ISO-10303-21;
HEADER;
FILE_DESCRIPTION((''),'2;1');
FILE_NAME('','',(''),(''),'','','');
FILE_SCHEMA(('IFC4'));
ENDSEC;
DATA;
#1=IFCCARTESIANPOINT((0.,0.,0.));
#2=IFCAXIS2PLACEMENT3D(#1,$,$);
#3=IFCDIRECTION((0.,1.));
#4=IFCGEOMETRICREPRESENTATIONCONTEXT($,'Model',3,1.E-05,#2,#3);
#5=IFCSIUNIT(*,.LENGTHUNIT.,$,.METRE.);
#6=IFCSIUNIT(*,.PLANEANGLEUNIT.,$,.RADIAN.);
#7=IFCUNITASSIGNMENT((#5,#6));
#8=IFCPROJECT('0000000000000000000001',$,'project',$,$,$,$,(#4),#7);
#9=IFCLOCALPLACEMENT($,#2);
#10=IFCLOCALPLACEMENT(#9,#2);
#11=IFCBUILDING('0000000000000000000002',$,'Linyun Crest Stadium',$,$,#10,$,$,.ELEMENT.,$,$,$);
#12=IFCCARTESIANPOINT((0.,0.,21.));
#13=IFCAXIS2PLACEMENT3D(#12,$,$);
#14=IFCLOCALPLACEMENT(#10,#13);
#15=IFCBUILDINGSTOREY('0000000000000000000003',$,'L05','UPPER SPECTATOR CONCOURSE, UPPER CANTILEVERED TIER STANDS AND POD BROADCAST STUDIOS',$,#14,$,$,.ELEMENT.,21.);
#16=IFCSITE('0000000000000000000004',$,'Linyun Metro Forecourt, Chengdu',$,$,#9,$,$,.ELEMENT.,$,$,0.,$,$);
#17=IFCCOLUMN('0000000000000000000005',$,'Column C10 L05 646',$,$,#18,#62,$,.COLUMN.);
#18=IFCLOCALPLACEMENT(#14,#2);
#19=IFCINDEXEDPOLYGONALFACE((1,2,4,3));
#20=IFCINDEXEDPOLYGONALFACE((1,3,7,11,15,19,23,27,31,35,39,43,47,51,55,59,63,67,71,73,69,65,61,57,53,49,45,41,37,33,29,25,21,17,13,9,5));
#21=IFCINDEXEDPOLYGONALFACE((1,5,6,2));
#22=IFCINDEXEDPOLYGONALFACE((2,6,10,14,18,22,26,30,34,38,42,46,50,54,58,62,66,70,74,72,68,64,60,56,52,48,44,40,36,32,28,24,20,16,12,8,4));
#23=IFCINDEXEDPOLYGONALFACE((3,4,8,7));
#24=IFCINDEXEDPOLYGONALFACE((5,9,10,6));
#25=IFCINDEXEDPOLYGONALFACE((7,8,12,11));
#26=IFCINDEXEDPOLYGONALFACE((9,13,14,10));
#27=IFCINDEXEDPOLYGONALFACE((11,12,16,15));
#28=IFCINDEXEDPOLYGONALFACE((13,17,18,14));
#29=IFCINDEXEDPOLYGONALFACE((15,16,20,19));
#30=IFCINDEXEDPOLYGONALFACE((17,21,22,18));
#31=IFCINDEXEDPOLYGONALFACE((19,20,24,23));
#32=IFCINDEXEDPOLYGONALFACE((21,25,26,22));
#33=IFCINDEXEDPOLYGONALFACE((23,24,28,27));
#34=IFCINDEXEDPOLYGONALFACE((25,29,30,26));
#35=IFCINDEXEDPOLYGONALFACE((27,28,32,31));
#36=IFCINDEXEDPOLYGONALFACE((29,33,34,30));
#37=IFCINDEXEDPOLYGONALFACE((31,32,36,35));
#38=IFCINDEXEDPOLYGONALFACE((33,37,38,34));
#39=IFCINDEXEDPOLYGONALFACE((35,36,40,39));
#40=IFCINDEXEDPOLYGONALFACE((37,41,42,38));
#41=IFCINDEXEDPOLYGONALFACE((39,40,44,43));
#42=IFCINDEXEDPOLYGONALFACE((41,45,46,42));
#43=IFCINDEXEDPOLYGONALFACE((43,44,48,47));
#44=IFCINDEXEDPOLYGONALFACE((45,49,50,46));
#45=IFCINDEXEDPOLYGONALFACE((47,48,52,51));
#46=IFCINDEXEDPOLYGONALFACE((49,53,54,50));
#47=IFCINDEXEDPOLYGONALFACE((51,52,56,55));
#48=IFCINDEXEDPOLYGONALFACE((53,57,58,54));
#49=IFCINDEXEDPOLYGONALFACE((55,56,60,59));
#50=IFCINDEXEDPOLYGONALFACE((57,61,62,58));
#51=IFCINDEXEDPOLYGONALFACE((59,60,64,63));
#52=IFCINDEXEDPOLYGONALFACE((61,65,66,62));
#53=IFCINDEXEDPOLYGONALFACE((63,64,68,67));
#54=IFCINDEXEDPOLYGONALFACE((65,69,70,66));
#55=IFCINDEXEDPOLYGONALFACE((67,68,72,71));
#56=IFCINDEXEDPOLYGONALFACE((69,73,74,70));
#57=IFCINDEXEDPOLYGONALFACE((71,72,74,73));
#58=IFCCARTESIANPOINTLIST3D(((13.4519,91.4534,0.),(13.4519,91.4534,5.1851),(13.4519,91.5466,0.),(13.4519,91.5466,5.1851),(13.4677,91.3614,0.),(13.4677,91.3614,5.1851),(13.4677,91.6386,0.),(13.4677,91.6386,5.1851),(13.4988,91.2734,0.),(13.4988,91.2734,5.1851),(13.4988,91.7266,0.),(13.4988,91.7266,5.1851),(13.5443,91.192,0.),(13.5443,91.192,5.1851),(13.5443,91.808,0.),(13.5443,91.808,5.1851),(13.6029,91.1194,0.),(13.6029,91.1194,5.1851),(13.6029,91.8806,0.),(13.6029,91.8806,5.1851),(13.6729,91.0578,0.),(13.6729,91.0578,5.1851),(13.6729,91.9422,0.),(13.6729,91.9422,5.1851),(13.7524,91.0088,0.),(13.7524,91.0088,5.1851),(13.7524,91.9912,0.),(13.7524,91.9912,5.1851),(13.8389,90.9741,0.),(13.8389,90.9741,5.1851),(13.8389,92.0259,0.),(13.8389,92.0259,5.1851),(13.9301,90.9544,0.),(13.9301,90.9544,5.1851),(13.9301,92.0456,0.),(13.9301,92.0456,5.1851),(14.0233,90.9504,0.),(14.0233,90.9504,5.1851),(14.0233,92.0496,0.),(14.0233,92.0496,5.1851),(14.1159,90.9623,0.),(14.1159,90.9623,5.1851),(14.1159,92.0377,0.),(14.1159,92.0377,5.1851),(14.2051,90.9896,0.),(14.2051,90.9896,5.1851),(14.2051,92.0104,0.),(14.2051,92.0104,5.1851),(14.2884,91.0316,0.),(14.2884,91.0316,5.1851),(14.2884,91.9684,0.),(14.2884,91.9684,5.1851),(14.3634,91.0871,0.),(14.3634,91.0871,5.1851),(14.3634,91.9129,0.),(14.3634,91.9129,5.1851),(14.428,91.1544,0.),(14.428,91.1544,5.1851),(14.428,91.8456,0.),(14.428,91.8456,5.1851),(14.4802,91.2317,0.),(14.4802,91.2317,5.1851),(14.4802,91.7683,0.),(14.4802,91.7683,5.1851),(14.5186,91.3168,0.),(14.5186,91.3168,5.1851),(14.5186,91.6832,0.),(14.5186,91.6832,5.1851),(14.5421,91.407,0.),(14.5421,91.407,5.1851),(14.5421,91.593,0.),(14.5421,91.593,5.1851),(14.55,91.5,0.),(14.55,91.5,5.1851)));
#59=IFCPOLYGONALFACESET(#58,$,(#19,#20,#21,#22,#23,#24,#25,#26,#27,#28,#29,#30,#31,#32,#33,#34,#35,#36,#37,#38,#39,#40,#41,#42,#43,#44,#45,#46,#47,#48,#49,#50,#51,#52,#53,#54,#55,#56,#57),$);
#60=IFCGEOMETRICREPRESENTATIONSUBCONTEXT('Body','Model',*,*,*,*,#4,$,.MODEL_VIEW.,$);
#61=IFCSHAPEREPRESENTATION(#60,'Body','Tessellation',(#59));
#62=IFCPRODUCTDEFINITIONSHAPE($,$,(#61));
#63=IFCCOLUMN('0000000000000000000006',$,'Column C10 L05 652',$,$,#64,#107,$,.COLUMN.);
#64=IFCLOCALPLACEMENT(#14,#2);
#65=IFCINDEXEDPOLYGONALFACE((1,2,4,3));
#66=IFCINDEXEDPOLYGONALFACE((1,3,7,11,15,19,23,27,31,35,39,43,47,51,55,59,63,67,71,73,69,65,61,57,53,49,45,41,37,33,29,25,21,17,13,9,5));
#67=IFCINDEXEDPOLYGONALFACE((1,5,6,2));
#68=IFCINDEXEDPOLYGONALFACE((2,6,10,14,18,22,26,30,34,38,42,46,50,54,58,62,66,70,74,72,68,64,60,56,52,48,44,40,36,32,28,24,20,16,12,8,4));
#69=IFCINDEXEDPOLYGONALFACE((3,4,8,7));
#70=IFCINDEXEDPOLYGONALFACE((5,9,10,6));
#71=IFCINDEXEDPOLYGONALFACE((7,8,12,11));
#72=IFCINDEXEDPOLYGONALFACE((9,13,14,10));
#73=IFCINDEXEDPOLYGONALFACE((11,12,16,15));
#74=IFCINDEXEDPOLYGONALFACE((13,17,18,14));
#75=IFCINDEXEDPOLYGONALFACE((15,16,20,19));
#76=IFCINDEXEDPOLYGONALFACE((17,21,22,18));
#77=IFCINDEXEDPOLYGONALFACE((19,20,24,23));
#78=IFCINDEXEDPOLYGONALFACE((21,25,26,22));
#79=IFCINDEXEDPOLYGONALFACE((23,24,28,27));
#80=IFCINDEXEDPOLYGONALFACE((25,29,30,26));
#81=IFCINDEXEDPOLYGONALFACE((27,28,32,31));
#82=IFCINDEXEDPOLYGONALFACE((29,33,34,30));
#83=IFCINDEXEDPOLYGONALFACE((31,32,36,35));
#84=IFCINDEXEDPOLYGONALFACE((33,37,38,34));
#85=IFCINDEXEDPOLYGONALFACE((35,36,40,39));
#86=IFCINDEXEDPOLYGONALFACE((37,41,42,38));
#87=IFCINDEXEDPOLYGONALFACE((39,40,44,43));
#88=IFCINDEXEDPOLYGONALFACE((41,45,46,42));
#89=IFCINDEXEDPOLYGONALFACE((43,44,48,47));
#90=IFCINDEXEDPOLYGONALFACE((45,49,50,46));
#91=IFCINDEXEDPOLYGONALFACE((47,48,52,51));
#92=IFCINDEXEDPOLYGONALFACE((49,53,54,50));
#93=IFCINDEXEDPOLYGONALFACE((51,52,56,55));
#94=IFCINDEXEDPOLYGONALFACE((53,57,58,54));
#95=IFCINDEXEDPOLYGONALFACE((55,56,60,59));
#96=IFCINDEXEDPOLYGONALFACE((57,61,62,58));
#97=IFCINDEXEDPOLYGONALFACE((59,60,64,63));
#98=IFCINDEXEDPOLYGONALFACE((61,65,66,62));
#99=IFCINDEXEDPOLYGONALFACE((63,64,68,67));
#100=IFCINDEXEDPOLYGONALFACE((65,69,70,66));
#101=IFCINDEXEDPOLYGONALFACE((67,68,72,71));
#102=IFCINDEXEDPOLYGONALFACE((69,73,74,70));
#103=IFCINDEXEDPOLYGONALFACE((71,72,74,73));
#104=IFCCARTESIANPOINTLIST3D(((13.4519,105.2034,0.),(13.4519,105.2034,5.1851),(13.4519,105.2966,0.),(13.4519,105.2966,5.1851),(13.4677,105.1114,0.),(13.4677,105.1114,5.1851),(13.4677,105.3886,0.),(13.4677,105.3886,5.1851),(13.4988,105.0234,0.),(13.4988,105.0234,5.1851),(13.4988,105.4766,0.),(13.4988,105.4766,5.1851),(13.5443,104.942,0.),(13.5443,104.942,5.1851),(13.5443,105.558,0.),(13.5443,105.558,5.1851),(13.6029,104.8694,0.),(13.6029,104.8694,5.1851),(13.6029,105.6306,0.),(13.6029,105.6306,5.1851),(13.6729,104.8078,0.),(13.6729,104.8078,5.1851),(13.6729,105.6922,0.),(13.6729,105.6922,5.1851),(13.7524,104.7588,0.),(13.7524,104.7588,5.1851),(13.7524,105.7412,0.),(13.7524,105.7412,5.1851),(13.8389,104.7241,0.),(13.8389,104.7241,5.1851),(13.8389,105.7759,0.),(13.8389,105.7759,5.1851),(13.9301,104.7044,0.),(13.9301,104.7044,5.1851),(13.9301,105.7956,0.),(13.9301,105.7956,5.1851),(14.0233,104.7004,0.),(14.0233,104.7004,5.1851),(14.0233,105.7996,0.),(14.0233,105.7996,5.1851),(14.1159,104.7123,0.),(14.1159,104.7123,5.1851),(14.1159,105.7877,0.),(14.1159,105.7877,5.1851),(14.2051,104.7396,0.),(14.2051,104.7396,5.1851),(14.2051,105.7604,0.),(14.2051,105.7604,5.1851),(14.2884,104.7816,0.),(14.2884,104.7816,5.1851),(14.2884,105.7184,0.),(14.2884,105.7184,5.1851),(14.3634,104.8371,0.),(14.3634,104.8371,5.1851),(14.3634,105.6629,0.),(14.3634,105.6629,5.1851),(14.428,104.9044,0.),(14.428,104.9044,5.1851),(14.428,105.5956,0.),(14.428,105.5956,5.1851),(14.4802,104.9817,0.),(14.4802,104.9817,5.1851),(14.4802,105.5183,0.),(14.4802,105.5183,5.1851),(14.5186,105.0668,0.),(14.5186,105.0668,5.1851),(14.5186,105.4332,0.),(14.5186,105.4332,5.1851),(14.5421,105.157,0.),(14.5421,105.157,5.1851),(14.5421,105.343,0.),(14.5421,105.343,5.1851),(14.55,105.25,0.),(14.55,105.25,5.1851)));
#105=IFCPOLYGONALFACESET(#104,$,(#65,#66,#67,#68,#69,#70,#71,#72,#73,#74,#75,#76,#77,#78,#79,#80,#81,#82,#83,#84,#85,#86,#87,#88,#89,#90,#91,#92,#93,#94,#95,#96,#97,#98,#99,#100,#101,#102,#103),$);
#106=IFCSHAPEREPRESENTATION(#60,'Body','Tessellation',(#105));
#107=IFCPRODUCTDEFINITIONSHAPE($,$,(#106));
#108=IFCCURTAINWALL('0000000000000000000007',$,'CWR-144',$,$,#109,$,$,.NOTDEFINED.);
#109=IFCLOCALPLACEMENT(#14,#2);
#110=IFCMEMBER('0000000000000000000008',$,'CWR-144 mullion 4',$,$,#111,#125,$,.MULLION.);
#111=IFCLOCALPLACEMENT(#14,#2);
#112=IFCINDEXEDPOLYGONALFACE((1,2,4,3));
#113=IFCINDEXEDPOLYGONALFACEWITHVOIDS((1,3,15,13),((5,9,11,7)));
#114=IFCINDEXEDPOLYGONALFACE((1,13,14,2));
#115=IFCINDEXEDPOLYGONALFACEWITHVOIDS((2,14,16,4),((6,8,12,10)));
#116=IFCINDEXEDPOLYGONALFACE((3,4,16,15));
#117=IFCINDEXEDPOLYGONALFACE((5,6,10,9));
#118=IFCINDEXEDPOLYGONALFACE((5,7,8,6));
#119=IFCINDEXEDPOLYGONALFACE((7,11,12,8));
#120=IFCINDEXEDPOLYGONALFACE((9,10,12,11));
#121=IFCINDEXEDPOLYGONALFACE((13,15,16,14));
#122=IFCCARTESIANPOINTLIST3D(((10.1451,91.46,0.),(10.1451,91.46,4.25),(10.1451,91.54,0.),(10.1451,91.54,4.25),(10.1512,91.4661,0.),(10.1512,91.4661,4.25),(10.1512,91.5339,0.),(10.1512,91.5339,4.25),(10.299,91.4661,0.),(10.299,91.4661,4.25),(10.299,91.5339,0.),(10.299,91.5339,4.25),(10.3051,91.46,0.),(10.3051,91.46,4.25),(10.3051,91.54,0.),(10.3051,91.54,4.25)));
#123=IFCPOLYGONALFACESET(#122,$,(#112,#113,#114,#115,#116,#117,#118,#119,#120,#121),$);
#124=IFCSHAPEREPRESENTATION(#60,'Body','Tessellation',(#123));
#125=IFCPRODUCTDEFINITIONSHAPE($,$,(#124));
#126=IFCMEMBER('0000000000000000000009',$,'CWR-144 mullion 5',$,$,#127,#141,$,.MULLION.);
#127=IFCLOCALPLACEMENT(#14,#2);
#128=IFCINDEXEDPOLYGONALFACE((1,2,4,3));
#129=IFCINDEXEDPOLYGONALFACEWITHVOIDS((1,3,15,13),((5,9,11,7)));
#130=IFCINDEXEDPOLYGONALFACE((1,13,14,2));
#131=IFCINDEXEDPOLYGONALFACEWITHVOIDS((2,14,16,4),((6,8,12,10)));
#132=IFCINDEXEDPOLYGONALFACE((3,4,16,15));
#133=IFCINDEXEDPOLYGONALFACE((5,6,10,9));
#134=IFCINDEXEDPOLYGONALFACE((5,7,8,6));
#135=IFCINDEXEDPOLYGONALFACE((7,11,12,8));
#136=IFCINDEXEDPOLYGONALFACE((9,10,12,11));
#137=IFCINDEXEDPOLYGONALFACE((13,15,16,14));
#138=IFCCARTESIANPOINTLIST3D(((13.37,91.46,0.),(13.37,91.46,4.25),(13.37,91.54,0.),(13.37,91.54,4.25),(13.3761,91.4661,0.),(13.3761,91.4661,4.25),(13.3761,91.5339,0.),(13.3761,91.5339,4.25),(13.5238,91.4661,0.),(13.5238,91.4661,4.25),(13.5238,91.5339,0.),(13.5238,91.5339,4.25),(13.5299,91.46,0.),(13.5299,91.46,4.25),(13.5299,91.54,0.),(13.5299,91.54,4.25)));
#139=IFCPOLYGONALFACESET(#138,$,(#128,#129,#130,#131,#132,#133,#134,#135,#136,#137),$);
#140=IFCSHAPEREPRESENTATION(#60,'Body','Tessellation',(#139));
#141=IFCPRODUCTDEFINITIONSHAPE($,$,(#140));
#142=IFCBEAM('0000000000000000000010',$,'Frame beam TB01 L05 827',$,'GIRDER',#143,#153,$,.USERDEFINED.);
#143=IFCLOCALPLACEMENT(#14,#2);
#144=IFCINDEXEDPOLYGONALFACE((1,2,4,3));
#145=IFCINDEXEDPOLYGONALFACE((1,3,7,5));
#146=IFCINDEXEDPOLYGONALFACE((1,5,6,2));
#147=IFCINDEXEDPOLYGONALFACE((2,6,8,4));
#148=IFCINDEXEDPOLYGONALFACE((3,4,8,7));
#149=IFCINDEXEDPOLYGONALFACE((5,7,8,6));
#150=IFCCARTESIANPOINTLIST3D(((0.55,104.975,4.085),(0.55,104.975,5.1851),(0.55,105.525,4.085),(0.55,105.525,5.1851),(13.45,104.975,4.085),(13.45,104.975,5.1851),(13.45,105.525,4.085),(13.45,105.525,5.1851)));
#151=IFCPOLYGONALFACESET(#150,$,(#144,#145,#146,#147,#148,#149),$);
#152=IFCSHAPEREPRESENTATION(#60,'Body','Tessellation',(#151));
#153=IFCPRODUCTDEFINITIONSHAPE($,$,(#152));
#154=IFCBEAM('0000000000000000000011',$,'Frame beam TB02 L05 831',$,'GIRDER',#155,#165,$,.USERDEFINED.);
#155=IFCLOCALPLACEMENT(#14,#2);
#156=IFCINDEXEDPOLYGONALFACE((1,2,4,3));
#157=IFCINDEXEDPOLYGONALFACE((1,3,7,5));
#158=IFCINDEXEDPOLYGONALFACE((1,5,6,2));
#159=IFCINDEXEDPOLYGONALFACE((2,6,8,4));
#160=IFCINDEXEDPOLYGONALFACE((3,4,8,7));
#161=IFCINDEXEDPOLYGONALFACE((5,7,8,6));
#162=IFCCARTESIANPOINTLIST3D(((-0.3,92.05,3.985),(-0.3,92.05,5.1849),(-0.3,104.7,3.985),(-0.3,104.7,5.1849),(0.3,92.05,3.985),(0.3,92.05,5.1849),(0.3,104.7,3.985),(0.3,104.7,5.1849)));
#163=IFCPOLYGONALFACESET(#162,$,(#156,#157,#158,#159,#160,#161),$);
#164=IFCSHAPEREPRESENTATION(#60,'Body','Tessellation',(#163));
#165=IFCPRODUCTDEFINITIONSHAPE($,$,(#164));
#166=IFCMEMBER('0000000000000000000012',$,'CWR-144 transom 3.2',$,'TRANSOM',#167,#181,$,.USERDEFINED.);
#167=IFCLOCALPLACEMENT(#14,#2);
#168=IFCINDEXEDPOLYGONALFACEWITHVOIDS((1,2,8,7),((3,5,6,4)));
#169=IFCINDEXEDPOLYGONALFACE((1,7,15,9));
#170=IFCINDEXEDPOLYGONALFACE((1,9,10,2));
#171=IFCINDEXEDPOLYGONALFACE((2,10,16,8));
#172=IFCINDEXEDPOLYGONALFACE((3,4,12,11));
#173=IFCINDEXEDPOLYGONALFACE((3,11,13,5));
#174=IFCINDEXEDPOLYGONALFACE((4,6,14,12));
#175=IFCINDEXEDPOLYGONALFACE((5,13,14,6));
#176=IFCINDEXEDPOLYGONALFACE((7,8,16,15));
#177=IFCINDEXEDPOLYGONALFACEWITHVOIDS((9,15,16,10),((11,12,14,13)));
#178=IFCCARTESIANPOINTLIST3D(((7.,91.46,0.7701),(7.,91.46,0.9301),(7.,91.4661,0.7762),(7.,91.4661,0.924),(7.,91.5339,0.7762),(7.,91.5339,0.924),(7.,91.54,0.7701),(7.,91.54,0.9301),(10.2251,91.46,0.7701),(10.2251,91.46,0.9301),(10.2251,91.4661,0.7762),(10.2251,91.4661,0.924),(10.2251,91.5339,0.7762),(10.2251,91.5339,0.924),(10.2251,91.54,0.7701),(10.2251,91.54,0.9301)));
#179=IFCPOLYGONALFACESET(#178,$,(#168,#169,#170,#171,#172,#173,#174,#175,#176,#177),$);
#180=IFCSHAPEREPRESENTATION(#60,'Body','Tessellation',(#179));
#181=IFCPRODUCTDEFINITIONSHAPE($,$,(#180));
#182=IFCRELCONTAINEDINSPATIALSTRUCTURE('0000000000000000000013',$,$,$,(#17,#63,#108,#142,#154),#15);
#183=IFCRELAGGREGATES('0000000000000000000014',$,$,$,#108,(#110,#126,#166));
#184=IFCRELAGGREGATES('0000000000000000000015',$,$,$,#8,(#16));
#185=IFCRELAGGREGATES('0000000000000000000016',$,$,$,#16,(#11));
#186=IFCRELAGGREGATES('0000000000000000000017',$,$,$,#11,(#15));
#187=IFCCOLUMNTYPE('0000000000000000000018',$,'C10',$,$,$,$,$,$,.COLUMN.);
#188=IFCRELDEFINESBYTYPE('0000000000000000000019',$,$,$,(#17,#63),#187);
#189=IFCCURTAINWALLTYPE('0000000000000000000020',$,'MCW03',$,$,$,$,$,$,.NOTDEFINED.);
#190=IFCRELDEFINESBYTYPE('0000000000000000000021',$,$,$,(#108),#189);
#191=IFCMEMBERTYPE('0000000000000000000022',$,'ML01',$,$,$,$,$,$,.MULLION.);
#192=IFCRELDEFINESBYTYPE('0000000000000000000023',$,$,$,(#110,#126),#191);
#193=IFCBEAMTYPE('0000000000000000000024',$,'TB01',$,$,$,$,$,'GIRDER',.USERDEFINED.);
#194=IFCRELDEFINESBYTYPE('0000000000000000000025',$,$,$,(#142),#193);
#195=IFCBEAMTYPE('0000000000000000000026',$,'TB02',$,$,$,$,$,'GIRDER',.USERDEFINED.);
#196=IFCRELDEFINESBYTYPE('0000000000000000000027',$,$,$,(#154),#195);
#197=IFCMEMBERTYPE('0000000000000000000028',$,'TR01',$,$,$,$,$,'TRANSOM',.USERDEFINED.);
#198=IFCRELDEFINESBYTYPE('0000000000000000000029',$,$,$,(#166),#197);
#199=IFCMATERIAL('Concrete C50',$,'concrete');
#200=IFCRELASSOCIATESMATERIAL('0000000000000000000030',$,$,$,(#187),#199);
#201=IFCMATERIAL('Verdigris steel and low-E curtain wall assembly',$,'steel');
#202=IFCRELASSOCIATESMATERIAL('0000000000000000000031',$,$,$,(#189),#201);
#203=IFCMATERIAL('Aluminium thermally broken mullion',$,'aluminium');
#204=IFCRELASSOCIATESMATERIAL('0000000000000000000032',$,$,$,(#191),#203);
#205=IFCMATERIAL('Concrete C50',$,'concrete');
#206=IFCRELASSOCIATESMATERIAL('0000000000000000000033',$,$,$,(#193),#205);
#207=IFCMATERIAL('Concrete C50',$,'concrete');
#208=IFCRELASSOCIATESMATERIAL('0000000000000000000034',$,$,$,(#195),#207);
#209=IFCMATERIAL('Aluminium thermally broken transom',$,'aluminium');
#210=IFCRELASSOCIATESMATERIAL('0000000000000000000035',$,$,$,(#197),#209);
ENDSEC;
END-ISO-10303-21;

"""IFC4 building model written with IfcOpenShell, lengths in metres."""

from ifc_helpers import new_model, si_unit, direction, frame, origin, origin_2d, place, context, subcontext, project, spatial, rectangle, hollow_rectangle, circle, extrude, material, material_profile, profile_set, type_object, element, aggregate, save


model = new_model("IFC4")

# Units and contexts
model_context = context("Model", 3, precision=1e-05, world=origin(), true_north=direction((0.0, 1.0)))
body_context = subcontext(model_context, "Body", "Model", "MODEL_VIEW")
ifc_project = project(units=[si_unit("LENGTHUNIT", "METRE"), si_unit("PLANEANGLEUNIT", "RADIAN")], contexts=[model_context])

# Site, building, storey
site_placement = place(None, origin())
site = spatial("IfcSite", under=ifc_project, at=site_placement, Name="Linyun Metro Forecourt, Chengdu", CompositionType="ELEMENT", RefElevation=0.0)
building_placement = place(site_placement, origin())
building = spatial("IfcBuilding", under=site, at=building_placement, Name="Linyun Crest Stadium", CompositionType="ELEMENT")
storey_placement = place(building_placement, frame((0.0, 0.0, 21.0)))
storey = spatial("IfcBuildingStorey", under=building, at=storey_placement, Name="L05", Description="UPPER SPECTATOR CONCOURSE, UPPER CANTILEVERED TIER STANDS AND POD BROADCAST STUDIOS", CompositionType="ELEMENT", Elevation=21.0)

# Columns
ifc_material_1 = material(Name="Concrete C50", Category="concrete")
ifc_material_profile_1 = material_profile(ifc_material_1, circle(Radius=0.55, at=origin_2d()), Name="RC D1100")
ifc_profile_set_1 = profile_set([ifc_material_profile_1], Name="Concrete C50")
column_type = type_object("IfcColumnType", Name="C10", PredefinedType="COLUMN", material=ifc_profile_set_1)
for number, where, z_axis, x_axis, name in (
    (1, (14.0, 91.5, 0.0), (0.0, 0.0, 1.0), (1.0, 0.0, 0.0), "Column C10 L05 646"),
    (2, (14.0, 105.25, 0.0), (0.0, 0.0, 1.0), (1.0, 0.0, 0.0), "Column C10 L05 652"),
):
    element("IfcColumn", number, at=place(storey_placement, frame(where, z_axis=z_axis, x_axis=x_axis)), inside=storey, type_object=column_type, Name=name, PredefinedType="COLUMN", context=body_context, shape_type="SweptSolid", body=[
        extrude(circle(Radius=0.55, at=origin_2d()), origin(), (0.0, 0.0, 1.0), 5.1851),
    ])

# Curtain wall, members
ifc_material_2 = material(Name="Verdigris steel and low-E curtain wall assembly", Category="steel")
curtain_wall_type = type_object("IfcCurtainWallType", Name="MCW03", PredefinedType="NOTDEFINED", material=ifc_material_2)
curtain_wall_placement = place(storey_placement, origin())
curtain_wall = element("IfcCurtainWall", 3, at=curtain_wall_placement, inside=storey, type_object=curtain_wall_type, Name="CWR-144", PredefinedType="NOTDEFINED")
ifc_material_3 = material(Name="Aluminium thermally broken mullion", Category="aluminium")
ifc_material_profile_2 = material_profile(ifc_material_3, hollow_rectangle(XDim=0.0801, YDim=0.1599, WallThickness=0.0061, at=origin_2d()), Name="RHS 160x80x6")
ifc_profile_set_2 = profile_set([ifc_material_profile_2], Name="Aluminium thermally broken mullion")
member_type_1 = type_object("IfcMemberType", Name="ML01", PredefinedType="MULLION", material=ifc_profile_set_2)
member_1_placement = place(storey_placement, frame((10.2251, 91.5, 0.0), z_axis=(0.0, 0.0, 1.0), x_axis=(0.0, 1.0, 0.0)))
member_1 = element("IfcMember", 4, at=member_1_placement, type_object=member_type_1, Name="CWR-144 mullion 4", PredefinedType="MULLION", context=body_context, shape_type="SweptSolid", body=[
    extrude(hollow_rectangle(XDim=0.0801, YDim=0.1599, WallThickness=0.0061, at=origin_2d()), origin(), (0.0, 0.0, 1.0), 4.25),
])
member_2_placement = place(storey_placement, frame((13.45, 91.5, 0.0), z_axis=(0.0, 0.0, 1.0), x_axis=(0.0, 1.0, 0.0)))
member_2 = element("IfcMember", 5, at=member_2_placement, type_object=member_type_1, Name="CWR-144 mullion 5", PredefinedType="MULLION", context=body_context, shape_type="SweptSolid", body=[
    extrude(hollow_rectangle(XDim=0.0801, YDim=0.1599, WallThickness=0.0061, at=origin_2d()), origin(), (0.0, 0.0, 1.0), 4.25),
])

# Beams
ifc_material_4 = material(Name="Concrete C50", Category="concrete")
ifc_material_profile_3 = material_profile(ifc_material_4, rectangle(XDim=0.55, YDim=1.1001, at=origin_2d()), Name="RCB 1100x550")
ifc_profile_set_3 = profile_set([ifc_material_profile_3], Name="Concrete C50")
beam_type_1 = type_object("IfcBeamType", Name="TB01", ElementType="GIRDER", PredefinedType="USERDEFINED", material=ifc_profile_set_3)
beam_1_placement = place(storey_placement, frame((0.55, 105.25, 4.635), z_axis=(1.0, 0.0, 0.0), x_axis=(0.0, 1.0, 0.0)))
element("IfcBeam", 6, at=beam_1_placement, inside=storey, type_object=beam_type_1, Name="Frame beam TB01 L05 827", ObjectType="GIRDER", PredefinedType="USERDEFINED", context=body_context, shape_type="SweptSolid", body=[
    extrude(rectangle(XDim=0.55, YDim=1.1001, at=origin_2d()), origin(), (0.0, 0.0, 1.0), 12.8999),
])
ifc_material_5 = material(Name="Concrete C50", Category="concrete")
ifc_material_profile_4 = material_profile(ifc_material_5, rectangle(XDim=0.6001, YDim=1.2, at=origin_2d()), Name="RCB 1200x600")
ifc_profile_set_4 = profile_set([ifc_material_profile_4], Name="Concrete C50")
beam_type_2 = type_object("IfcBeamType", Name="TB02", ElementType="GIRDER", PredefinedType="USERDEFINED", material=ifc_profile_set_4)
beam_2_placement = place(storey_placement, frame((0.0, 92.05, 4.585), z_axis=(0.0, 1.0, 0.0), x_axis=(-1.0, 0.0, 0.0)))
element("IfcBeam", 7, at=beam_2_placement, inside=storey, type_object=beam_type_2, Name="Frame beam TB02 L05 831", ObjectType="GIRDER", PredefinedType="USERDEFINED", context=body_context, shape_type="SweptSolid", body=[
    extrude(rectangle(XDim=0.6001, YDim=1.2, at=origin_2d()), origin(), (0.0, 0.0, 1.0), 12.6499),
])

# Member
ifc_material_6 = material(Name="Aluminium thermally broken transom", Category="aluminium")
ifc_material_profile_5 = material_profile(ifc_material_6, hollow_rectangle(XDim=0.0801, YDim=0.1599, WallThickness=0.0061, at=origin_2d()), Name="RHS 160x80x6")
ifc_profile_set_5 = profile_set([ifc_material_profile_5], Name="Aluminium thermally broken transom")
member_type_2 = type_object("IfcMemberType", Name="TR01", ElementType="TRANSOM", PredefinedType="USERDEFINED", material=ifc_profile_set_5)
member_3_placement = place(storey_placement, frame((7.0, 91.5, 0.8501), z_axis=(1.0, 0.0, 0.0), x_axis=(0.0, 1.0, 0.0)))
member_3 = element("IfcMember", 8, at=member_3_placement, type_object=member_type_2, Name="CWR-144 transom 3.2", ObjectType="TRANSOM", PredefinedType="USERDEFINED", context=body_context, shape_type="SweptSolid", body=[
    extrude(hollow_rectangle(XDim=0.0801, YDim=0.1599, WallThickness=0.0061, at=origin_2d()), origin(), (0.0, 0.0, 1.0), 3.2251),
])

aggregate(curtain_wall, [member_1, member_2, member_3])

save(model, "model.ifc")
